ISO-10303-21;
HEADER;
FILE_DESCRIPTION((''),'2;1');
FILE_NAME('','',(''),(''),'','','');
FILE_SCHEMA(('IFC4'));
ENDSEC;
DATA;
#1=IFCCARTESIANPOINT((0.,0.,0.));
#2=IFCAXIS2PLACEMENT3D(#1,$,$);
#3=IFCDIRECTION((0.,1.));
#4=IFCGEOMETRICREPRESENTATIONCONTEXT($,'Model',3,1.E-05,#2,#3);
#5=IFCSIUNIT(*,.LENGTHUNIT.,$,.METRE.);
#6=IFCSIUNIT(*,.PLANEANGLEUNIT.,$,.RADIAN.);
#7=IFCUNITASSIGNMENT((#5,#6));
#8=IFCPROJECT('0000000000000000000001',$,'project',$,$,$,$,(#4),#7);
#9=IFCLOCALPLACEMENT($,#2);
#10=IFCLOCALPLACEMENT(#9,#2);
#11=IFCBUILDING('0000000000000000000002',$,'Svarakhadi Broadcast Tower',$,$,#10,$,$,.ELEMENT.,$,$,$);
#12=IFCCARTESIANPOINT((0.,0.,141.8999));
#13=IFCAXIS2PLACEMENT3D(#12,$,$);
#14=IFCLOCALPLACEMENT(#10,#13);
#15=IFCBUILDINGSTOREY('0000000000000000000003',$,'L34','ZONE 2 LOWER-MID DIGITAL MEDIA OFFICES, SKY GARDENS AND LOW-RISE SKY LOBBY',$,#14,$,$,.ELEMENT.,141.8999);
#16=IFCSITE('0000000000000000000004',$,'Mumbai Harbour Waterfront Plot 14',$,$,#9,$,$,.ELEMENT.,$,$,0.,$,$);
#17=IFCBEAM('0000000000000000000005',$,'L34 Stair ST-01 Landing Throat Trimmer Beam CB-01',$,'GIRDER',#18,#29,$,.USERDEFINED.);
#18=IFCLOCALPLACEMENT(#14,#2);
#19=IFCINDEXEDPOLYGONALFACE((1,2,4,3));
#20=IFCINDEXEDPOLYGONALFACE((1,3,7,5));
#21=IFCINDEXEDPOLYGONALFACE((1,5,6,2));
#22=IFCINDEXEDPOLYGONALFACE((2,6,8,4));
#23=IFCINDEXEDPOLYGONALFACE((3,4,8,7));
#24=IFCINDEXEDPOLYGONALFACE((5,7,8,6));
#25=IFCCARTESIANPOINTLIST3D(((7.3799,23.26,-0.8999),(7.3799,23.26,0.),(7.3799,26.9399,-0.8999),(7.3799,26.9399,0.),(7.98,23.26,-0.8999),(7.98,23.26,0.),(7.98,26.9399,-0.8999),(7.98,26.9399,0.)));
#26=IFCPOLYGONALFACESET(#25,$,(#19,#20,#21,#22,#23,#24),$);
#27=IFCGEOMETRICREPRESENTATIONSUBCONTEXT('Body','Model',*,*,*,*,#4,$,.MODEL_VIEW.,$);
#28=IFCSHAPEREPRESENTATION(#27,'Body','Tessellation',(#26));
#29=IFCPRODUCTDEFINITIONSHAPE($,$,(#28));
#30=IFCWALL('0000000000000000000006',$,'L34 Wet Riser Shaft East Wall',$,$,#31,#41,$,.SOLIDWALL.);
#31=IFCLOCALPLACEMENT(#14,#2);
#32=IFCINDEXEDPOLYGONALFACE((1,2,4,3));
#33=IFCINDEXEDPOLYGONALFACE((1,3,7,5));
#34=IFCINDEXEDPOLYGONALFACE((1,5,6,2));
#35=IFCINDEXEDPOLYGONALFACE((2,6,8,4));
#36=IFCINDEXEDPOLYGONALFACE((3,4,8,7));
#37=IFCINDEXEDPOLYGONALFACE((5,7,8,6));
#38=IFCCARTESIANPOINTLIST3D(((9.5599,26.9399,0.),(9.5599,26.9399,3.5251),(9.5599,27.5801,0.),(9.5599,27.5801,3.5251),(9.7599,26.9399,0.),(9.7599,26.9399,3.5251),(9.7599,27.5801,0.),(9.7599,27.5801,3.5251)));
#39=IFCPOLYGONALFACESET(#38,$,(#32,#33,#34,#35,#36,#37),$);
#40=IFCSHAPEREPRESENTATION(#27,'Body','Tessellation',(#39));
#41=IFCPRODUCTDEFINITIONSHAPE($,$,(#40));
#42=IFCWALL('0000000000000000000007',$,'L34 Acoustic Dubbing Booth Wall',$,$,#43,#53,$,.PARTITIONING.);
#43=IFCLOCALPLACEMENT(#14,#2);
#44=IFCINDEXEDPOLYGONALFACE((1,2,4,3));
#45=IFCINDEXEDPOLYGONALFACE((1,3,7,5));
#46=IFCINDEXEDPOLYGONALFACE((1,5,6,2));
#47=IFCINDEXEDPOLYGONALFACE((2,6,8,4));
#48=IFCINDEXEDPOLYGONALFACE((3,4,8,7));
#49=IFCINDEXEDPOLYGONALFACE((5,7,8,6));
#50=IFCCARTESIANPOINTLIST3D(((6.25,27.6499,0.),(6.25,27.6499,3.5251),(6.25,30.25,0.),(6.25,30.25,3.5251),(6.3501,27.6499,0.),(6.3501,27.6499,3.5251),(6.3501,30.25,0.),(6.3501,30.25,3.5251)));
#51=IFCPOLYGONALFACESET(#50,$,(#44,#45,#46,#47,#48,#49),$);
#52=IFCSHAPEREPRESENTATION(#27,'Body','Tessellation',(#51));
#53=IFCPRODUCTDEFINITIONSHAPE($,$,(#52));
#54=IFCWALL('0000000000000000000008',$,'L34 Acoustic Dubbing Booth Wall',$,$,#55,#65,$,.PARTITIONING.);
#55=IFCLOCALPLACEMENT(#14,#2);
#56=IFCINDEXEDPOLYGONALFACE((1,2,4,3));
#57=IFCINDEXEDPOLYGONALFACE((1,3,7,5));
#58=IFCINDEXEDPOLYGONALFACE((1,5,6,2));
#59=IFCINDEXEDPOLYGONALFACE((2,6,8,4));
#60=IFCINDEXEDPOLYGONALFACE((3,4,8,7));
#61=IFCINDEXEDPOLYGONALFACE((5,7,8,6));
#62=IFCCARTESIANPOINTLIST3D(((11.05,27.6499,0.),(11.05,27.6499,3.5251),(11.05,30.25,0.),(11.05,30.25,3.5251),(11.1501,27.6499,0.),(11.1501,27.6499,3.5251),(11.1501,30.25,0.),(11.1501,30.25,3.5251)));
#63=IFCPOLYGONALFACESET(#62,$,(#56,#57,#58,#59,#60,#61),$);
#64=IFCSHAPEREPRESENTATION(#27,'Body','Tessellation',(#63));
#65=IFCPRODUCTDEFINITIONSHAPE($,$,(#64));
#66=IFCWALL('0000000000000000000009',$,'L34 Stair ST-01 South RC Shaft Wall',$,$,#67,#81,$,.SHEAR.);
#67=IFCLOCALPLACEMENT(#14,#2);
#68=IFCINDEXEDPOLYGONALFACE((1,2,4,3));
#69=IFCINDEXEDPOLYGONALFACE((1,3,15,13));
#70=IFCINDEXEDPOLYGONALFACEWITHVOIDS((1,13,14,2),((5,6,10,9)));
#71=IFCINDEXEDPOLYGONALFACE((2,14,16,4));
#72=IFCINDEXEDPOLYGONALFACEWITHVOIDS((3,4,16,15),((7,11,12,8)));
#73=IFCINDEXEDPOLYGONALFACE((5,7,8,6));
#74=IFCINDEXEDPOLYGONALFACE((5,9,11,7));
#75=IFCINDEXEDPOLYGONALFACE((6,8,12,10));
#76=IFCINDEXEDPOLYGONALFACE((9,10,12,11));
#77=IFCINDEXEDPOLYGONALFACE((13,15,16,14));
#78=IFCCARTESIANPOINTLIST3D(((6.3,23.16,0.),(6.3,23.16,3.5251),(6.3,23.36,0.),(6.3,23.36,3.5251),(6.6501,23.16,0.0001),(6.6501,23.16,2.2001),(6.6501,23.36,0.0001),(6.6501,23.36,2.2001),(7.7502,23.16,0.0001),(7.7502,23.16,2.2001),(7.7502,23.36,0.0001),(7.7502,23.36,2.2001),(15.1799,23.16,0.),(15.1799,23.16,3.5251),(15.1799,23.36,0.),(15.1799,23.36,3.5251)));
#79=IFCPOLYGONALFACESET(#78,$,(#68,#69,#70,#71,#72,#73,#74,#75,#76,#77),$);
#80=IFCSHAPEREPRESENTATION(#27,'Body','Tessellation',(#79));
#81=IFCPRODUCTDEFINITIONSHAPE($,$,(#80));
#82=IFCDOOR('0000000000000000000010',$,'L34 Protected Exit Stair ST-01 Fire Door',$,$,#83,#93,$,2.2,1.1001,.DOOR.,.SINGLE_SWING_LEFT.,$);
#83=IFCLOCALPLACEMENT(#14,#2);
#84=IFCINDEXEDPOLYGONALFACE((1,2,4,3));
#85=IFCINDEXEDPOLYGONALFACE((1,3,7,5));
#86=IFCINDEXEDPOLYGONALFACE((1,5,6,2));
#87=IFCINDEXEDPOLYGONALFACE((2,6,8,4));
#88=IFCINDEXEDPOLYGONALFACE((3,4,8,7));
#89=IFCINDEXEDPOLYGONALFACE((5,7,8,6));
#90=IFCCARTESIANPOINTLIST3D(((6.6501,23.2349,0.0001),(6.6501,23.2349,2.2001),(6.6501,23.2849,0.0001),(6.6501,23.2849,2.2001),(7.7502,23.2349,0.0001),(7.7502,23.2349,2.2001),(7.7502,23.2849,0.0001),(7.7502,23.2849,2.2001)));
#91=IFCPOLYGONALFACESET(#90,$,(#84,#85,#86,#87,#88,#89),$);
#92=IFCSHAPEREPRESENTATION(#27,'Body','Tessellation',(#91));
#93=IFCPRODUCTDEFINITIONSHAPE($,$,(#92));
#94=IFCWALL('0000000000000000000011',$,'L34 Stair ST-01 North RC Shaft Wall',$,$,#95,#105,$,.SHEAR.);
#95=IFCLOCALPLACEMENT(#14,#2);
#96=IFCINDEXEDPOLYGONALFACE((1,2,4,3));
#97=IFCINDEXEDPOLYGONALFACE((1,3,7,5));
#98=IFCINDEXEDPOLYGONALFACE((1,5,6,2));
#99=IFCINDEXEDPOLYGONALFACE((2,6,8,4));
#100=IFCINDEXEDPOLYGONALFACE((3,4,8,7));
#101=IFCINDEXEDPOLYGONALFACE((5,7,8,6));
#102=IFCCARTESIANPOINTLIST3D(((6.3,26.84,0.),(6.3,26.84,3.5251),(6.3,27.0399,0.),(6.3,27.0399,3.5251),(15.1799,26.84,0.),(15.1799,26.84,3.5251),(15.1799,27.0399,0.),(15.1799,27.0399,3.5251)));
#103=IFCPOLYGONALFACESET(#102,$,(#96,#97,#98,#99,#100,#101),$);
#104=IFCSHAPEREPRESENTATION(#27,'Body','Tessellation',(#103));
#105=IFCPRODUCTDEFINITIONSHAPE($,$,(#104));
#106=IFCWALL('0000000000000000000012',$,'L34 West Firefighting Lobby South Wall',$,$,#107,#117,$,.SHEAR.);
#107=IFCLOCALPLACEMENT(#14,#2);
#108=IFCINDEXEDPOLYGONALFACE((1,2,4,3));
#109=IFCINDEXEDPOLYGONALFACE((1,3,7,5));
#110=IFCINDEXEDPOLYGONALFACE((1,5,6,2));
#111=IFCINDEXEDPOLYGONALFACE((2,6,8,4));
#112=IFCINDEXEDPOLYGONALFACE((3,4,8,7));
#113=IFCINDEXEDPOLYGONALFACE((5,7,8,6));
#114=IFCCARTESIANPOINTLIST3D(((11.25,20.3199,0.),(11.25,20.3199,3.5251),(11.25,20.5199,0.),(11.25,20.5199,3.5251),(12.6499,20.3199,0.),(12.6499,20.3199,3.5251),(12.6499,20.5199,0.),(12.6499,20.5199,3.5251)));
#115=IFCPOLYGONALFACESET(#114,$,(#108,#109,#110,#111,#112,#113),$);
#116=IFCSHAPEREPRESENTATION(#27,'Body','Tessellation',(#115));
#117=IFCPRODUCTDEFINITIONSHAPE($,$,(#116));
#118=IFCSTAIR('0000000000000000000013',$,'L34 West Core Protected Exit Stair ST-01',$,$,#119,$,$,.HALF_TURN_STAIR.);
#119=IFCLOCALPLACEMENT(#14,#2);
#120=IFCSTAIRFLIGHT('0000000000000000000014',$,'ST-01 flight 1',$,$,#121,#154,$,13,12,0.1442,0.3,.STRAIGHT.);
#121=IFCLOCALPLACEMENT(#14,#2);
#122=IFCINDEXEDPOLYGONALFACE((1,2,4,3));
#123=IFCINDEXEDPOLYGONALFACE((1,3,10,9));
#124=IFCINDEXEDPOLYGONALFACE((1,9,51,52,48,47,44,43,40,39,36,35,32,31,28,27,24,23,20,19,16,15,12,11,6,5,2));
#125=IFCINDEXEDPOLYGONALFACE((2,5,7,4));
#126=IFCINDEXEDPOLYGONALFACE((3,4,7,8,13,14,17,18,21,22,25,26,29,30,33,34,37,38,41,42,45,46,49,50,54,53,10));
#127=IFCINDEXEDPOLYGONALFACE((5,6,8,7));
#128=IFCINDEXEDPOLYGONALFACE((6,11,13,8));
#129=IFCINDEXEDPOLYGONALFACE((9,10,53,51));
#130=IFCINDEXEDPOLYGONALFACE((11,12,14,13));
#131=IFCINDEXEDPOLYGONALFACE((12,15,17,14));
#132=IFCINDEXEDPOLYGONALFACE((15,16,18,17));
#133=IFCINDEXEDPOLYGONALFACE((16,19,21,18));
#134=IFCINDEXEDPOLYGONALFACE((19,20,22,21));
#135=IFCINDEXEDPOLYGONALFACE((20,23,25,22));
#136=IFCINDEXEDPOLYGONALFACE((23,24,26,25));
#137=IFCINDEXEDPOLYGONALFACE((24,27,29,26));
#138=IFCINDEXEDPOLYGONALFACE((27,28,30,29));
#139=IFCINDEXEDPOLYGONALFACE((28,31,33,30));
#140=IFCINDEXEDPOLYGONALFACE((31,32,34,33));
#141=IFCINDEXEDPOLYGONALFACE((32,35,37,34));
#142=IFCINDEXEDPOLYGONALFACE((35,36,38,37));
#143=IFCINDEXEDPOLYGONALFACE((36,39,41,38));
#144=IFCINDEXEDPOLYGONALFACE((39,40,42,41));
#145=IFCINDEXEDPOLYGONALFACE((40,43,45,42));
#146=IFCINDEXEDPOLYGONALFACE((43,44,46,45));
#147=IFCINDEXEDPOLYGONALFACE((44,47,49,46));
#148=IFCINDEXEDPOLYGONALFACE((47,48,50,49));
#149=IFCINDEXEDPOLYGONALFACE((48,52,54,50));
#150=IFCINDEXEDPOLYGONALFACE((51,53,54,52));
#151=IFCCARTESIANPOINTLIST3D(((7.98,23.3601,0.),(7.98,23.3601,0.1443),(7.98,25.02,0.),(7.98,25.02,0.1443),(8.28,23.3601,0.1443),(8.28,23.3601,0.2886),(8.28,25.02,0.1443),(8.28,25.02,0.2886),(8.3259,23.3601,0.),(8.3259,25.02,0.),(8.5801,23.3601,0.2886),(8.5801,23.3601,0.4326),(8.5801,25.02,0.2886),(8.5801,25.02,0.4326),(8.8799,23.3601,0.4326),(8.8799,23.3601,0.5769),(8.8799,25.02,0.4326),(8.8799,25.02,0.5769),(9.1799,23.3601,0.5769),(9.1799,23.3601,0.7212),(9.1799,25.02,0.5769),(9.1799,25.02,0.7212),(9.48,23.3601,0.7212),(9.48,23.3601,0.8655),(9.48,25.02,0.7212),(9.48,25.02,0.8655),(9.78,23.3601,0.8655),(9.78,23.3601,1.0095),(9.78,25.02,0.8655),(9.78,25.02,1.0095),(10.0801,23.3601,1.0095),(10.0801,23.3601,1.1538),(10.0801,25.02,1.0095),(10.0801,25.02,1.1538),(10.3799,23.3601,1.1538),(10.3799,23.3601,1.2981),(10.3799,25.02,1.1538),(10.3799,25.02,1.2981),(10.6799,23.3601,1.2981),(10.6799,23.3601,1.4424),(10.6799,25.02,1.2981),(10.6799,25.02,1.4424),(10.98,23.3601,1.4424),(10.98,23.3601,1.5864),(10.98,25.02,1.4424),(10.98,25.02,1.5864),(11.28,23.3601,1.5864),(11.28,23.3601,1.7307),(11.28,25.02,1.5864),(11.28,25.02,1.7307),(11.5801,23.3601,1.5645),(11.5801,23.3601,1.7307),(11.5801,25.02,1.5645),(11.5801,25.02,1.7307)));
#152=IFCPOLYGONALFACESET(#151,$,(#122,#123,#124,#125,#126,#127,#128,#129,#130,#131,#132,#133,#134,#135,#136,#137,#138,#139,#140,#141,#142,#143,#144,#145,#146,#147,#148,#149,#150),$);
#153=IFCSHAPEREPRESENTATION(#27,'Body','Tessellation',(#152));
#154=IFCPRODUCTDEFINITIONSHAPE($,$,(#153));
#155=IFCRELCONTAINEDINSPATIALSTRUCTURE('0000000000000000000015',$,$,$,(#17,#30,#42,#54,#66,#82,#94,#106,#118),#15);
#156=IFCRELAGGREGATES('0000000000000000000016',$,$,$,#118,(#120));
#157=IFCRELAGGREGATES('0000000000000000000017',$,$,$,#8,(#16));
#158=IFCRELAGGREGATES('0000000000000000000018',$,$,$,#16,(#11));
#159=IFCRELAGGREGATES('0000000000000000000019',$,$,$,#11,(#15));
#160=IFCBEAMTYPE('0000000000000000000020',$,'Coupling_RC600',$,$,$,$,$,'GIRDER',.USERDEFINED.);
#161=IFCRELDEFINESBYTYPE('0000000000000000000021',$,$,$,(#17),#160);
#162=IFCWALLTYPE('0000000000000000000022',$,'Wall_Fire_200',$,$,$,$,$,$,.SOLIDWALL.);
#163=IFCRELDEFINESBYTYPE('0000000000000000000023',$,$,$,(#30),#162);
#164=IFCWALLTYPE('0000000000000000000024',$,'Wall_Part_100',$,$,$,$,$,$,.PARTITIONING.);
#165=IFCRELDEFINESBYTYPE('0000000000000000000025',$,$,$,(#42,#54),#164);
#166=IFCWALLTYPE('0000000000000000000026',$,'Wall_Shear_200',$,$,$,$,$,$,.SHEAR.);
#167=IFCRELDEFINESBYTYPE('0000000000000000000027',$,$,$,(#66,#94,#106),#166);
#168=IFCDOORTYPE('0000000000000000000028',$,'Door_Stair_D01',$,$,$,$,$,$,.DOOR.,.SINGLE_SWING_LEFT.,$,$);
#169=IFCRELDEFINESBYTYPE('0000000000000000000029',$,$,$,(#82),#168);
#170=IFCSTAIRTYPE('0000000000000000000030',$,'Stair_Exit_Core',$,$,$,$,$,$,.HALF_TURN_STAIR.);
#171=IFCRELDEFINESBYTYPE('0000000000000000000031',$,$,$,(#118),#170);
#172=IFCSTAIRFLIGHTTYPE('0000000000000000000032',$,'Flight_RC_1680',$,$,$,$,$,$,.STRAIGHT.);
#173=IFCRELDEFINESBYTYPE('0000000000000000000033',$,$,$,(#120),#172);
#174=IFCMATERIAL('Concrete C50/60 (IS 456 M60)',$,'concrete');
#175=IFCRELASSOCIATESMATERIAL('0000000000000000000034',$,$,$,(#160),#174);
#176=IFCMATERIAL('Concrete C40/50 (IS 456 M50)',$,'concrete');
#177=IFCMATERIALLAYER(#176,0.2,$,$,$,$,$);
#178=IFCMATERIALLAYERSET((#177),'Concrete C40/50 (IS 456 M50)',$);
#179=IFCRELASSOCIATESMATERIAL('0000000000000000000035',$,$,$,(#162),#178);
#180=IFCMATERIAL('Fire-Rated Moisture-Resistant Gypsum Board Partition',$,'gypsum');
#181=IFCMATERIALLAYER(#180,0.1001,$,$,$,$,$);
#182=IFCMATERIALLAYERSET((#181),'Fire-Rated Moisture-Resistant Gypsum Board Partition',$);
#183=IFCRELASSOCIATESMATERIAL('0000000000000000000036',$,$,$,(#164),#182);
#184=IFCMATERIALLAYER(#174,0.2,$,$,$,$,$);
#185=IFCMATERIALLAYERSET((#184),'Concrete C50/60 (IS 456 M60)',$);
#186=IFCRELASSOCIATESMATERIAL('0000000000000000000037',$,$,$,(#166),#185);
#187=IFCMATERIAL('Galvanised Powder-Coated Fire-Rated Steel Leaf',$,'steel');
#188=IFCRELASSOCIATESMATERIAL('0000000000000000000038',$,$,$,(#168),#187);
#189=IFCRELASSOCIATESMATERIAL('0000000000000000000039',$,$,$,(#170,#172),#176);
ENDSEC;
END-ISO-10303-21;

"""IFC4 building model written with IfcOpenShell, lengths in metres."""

from ifc_helpers import new_model, si_unit, direction, frame, frame_2d, origin, origin_2d, place, context, subcontext, project, spatial, polyline, rectangle, outline, extrude, material, layer, layer_set, material_profile, profile_set, type_object, element, fill, aggregate, save


model = new_model("IFC4")

# Units and contexts
model_context = context("Model", 3, precision=1e-05, world=origin(), true_north=direction((0.0, 1.0)))
body_context = subcontext(model_context, "Body", "Model", "MODEL_VIEW")
ifc_project = project(units=[si_unit("LENGTHUNIT", "METRE"), si_unit("PLANEANGLEUNIT", "RADIAN")], contexts=[model_context])

# Site, building, storey
site_placement = place(None, origin())
site = spatial("IfcSite", under=ifc_project, at=site_placement, Name="Mumbai Harbour Waterfront Plot 14", CompositionType="ELEMENT", RefElevation=0.0)
building_placement = place(site_placement, origin())
building = spatial("IfcBuilding", under=site, at=building_placement, Name="Svarakhadi Broadcast Tower", CompositionType="ELEMENT")
storey_placement = place(building_placement, frame((0.0, 0.0, 141.8999)))
storey = spatial("IfcBuildingStorey", under=building, at=storey_placement, Name="L34", Description="ZONE 2 LOWER-MID DIGITAL MEDIA OFFICES, SKY GARDENS AND LOW-RISE SKY LOBBY", CompositionType="ELEMENT", Elevation=141.8999)

# Beam
ifc_material_1 = material(Name="Concrete C50/60 (IS 456 M60)", Category="concrete")
ifc_material_profile = material_profile(ifc_material_1, rectangle(XDim=0.6001, YDim=0.8999, at=origin_2d()), Name="RC 600x900")
ifc_profile_set = profile_set([ifc_material_profile], Name="Concrete C50/60 (IS 456 M60)")
beam_type = type_object("IfcBeamType", Name="Coupling_RC600", ElementType="GIRDER", PredefinedType="USERDEFINED", material=ifc_profile_set)
beam_placement = place(storey_placement, frame((7.6799, 23.26, -0.45), z_axis=(0.0, 1.0, 0.0), x_axis=(-1.0, 0.0, 0.0)))
element("IfcBeam", 1, at=beam_placement, inside=storey, type_object=beam_type, Name="L34 Stair ST-01 Landing Throat Trimmer Beam CB-01", ObjectType="GIRDER", PredefinedType="USERDEFINED", context=body_context, shape_type="SweptSolid", body=[
    extrude(rectangle(XDim=0.6001, YDim=0.8999, at=origin_2d()), origin(), (0.0, 0.0, 1.0), 3.6799),
])

# Walls
ifc_material_2 = material(Name="Concrete C40/50 (IS 456 M50)", Category="concrete")
ifc_layer_1 = layer(ifc_material_2, 0.2)
ifc_layer_set_1 = layer_set([ifc_layer_1], Name="Concrete C40/50 (IS 456 M50)")
wall_type_1 = type_object("IfcWallType", Name="Wall_Fire_200", PredefinedType="SOLIDWALL", material=ifc_layer_set_1)
wall_1_placement = place(storey_placement, frame((9.6599, 26.9399, 0.0), z_axis=(0.0, 0.0, 1.0), x_axis=(0.0, 1.0, 0.0)))
element("IfcWall", 2, at=wall_1_placement, inside=storey, type_object=wall_type_1, Name="L34 Wet Riser Shaft East Wall", PredefinedType="SOLIDWALL", context=body_context, shape_type="SweptSolid", body=[
    extrude(rectangle(XDim=0.6401, YDim=0.2, at=frame_2d((0.3201, 0.0))), origin(), (0.0, 0.0, 1.0), 3.5251),
])
ifc_material_3 = material(Name="Fire-Rated Moisture-Resistant Gypsum Board Partition", Category="gypsum")
ifc_layer_2 = layer(ifc_material_3, 0.1001)
ifc_layer_set_2 = layer_set([ifc_layer_2], Name="Fire-Rated Moisture-Resistant Gypsum Board Partition")
wall_type_2 = type_object("IfcWallType", Name="Wall_Part_100", PredefinedType="PARTITIONING", material=ifc_layer_set_2)
for number, where, z_axis, x_axis, name in (
    (3, (6.3, 27.6499, 0.0), (0.0, 0.0, 1.0), (0.0, 1.0, 0.0), "L34 Acoustic Dubbing Booth Wall"),
    (4, (11.1001, 27.6499, 0.0), (0.0, 0.0, 1.0), (0.0, 1.0, 0.0), "L34 Acoustic Dubbing Booth Wall"),
):
    element("IfcWall", number, at=place(storey_placement, frame(where, z_axis=z_axis, x_axis=x_axis)), inside=storey, type_object=wall_type_2, Name=name, PredefinedType="PARTITIONING", context=body_context, shape_type="SweptSolid", body=[
        extrude(rectangle(XDim=2.6001, YDim=0.1001, at=frame_2d((1.3, 0.0))), origin(), (0.0, 0.0, 1.0), 3.5251),
    ])

# Wall, opening, door
ifc_layer_3 = layer(ifc_material_1, 0.2)
ifc_layer_set_3 = layer_set([ifc_layer_3], Name="Concrete C50/60 (IS 456 M60)")
wall_type_3 = type_object("IfcWallType", Name="Wall_Shear_200", PredefinedType="SHEAR", material=ifc_layer_set_3)
wall_2_placement = place(storey_placement, frame((6.3, 23.26, 0.0), z_axis=(0.0, 0.0, 1.0), x_axis=(1.0, 0.0, 0.0)))
wall_2 = element("IfcWall", 5, at=wall_2_placement, inside=storey, type_object=wall_type_3, Name="L34 Stair ST-01 South RC Shaft Wall", PredefinedType="SHEAR", context=body_context, shape_type="SweptSolid", body=[
    extrude(rectangle(XDim=8.8799, YDim=0.2, at=frame_2d((4.4399, 0.0))), origin(), (0.0, 0.0, 1.0), 3.5251),
])
opening_placement = place(wall_2_placement, frame((0.3501, 0.0, 0.0)))
opening = element("IfcOpeningElement", 6, at=opening_placement, cuts=wall_2, PredefinedType="OPENING", context=body_context, shape_type="SweptSolid", body=[
    extrude(rectangle(XDim=1.1001, YDim=2.2, at=frame_2d((0.55, 1.1001))), frame((0.0, 0.1099, 0.0), z_axis=(0.0, -1.0, 0.0), x_axis=(1.0, 0.0, 0.0)), (0.0, 0.0, 1.0), 0.22),
])
ifc_material_4 = material(Name="Galvanised Powder-Coated Fire-Rated Steel Leaf", Category="steel")
door_type = type_object("IfcDoorType", Name="Door_Stair_D01", OperationType="SINGLE_SWING_LEFT", PredefinedType="DOOR", material=ifc_material_4)
door_placement = place(opening_placement, origin())
door = element("IfcDoor", 7, at=door_placement, inside=storey, type_object=door_type, Name="L34 Protected Exit Stair ST-01 Fire Door", OperationType="SINGLE_SWING_LEFT", OverallHeight=2.2, OverallWidth=1.1001, PredefinedType="DOOR", context=body_context, shape_type="SweptSolid", body=[
    extrude(rectangle(XDim=1.1001, YDim=2.2, at=frame_2d((0.55, 1.1001))), frame((0.0, 0.0249, 0.0), z_axis=(0.0, -1.0, 0.0), x_axis=(1.0, 0.0, 0.0)), (0.0, 0.0, 1.0), 0.05),
])
fill(opening, door)

# Walls
wall_3_placement = place(storey_placement, frame((6.3, 26.9399, 0.0), z_axis=(0.0, 0.0, 1.0), x_axis=(1.0, 0.0, 0.0)))
element("IfcWall", 8, at=wall_3_placement, inside=storey, type_object=wall_type_3, Name="L34 Stair ST-01 North RC Shaft Wall", PredefinedType="SHEAR", context=body_context, shape_type="SweptSolid", body=[
    extrude(rectangle(XDim=8.8799, YDim=0.2, at=frame_2d((4.4399, 0.0))), origin(), (0.0, 0.0, 1.0), 3.5251),
])
wall_4_placement = place(storey_placement, frame((11.25, 20.4199, 0.0), z_axis=(0.0, 0.0, 1.0), x_axis=(1.0, 0.0, 0.0)))
element("IfcWall", 9, at=wall_4_placement, inside=storey, type_object=wall_type_3, Name="L34 West Firefighting Lobby South Wall", PredefinedType="SHEAR", context=body_context, shape_type="SweptSolid", body=[
    extrude(rectangle(XDim=1.3999, YDim=0.2, at=frame_2d((0.7, 0.0))), origin(), (0.0, 0.0, 1.0), 3.5251),
])

# Stair, stair flight
stair_type = type_object("IfcStairType", Name="Stair_Exit_Core", PredefinedType="HALF_TURN_STAIR", material=ifc_material_2)
stair_placement = place(storey_placement, origin())
stair = element("IfcStair", 10, at=stair_placement, inside=storey, type_object=stair_type, Name="L34 West Core Protected Exit Stair ST-01", PredefinedType="HALF_TURN_STAIR")
stair_flight_type = type_object("IfcStairFlightType", Name="Flight_RC_1680", PredefinedType="STRAIGHT", material=ifc_material_2)
stair_flight_1_placement = place(storey_placement, frame((7.98, 24.1899, 0.0), z_axis=(0.0, 0.0, 1.0), x_axis=(1.0, 0.0, 0.0)))
stair_flight_1 = element("IfcStairFlight", 11, at=stair_flight_1_placement, type_object=stair_flight_type, Name="ST-01 flight 1", NumberOfRisers=13, NumberOfTreads=12, PredefinedType="STRAIGHT", RiserHeight=0.1442, TreadLength=0.3, context=body_context, shape_type="SweptSolid", body=[
    extrude(outline(polyline([(0.0, 0.0), (0.0, 0.1443), (0.3, 0.1443), (0.3, 0.2886), (0.6001, 0.2886), (0.6001, 0.4326), (0.8999, 0.4326), (0.8999, 0.5769), (1.2, 0.5769), (1.2, 0.7212), (1.5, 0.7212), (1.5, 0.8655), (1.8, 0.8655), (1.8, 1.0095), (2.1001, 1.0095), (2.1001, 1.1538), (2.3999, 1.1538), (2.3999, 1.2981), (2.7, 1.2981), (2.7, 1.4424), (3.0, 1.4424), (3.0, 1.5864), (3.3, 1.5864), (3.3, 1.7307), (3.6001, 1.7307), (3.6001, 1.875), (3.6001, 1.5645), (0.3459, 0.0), (0.0, 0.0)])), frame((0.0, 0.8301, 0.0), z_axis=(0.0, -1.0, 0.0), x_axis=(1.0, 0.0, 0.0)), (0.0, 0.0, 1.0), 1.6599),
])
aggregate(stair, [stair_flight_1])

save(model, "model.ifc")
